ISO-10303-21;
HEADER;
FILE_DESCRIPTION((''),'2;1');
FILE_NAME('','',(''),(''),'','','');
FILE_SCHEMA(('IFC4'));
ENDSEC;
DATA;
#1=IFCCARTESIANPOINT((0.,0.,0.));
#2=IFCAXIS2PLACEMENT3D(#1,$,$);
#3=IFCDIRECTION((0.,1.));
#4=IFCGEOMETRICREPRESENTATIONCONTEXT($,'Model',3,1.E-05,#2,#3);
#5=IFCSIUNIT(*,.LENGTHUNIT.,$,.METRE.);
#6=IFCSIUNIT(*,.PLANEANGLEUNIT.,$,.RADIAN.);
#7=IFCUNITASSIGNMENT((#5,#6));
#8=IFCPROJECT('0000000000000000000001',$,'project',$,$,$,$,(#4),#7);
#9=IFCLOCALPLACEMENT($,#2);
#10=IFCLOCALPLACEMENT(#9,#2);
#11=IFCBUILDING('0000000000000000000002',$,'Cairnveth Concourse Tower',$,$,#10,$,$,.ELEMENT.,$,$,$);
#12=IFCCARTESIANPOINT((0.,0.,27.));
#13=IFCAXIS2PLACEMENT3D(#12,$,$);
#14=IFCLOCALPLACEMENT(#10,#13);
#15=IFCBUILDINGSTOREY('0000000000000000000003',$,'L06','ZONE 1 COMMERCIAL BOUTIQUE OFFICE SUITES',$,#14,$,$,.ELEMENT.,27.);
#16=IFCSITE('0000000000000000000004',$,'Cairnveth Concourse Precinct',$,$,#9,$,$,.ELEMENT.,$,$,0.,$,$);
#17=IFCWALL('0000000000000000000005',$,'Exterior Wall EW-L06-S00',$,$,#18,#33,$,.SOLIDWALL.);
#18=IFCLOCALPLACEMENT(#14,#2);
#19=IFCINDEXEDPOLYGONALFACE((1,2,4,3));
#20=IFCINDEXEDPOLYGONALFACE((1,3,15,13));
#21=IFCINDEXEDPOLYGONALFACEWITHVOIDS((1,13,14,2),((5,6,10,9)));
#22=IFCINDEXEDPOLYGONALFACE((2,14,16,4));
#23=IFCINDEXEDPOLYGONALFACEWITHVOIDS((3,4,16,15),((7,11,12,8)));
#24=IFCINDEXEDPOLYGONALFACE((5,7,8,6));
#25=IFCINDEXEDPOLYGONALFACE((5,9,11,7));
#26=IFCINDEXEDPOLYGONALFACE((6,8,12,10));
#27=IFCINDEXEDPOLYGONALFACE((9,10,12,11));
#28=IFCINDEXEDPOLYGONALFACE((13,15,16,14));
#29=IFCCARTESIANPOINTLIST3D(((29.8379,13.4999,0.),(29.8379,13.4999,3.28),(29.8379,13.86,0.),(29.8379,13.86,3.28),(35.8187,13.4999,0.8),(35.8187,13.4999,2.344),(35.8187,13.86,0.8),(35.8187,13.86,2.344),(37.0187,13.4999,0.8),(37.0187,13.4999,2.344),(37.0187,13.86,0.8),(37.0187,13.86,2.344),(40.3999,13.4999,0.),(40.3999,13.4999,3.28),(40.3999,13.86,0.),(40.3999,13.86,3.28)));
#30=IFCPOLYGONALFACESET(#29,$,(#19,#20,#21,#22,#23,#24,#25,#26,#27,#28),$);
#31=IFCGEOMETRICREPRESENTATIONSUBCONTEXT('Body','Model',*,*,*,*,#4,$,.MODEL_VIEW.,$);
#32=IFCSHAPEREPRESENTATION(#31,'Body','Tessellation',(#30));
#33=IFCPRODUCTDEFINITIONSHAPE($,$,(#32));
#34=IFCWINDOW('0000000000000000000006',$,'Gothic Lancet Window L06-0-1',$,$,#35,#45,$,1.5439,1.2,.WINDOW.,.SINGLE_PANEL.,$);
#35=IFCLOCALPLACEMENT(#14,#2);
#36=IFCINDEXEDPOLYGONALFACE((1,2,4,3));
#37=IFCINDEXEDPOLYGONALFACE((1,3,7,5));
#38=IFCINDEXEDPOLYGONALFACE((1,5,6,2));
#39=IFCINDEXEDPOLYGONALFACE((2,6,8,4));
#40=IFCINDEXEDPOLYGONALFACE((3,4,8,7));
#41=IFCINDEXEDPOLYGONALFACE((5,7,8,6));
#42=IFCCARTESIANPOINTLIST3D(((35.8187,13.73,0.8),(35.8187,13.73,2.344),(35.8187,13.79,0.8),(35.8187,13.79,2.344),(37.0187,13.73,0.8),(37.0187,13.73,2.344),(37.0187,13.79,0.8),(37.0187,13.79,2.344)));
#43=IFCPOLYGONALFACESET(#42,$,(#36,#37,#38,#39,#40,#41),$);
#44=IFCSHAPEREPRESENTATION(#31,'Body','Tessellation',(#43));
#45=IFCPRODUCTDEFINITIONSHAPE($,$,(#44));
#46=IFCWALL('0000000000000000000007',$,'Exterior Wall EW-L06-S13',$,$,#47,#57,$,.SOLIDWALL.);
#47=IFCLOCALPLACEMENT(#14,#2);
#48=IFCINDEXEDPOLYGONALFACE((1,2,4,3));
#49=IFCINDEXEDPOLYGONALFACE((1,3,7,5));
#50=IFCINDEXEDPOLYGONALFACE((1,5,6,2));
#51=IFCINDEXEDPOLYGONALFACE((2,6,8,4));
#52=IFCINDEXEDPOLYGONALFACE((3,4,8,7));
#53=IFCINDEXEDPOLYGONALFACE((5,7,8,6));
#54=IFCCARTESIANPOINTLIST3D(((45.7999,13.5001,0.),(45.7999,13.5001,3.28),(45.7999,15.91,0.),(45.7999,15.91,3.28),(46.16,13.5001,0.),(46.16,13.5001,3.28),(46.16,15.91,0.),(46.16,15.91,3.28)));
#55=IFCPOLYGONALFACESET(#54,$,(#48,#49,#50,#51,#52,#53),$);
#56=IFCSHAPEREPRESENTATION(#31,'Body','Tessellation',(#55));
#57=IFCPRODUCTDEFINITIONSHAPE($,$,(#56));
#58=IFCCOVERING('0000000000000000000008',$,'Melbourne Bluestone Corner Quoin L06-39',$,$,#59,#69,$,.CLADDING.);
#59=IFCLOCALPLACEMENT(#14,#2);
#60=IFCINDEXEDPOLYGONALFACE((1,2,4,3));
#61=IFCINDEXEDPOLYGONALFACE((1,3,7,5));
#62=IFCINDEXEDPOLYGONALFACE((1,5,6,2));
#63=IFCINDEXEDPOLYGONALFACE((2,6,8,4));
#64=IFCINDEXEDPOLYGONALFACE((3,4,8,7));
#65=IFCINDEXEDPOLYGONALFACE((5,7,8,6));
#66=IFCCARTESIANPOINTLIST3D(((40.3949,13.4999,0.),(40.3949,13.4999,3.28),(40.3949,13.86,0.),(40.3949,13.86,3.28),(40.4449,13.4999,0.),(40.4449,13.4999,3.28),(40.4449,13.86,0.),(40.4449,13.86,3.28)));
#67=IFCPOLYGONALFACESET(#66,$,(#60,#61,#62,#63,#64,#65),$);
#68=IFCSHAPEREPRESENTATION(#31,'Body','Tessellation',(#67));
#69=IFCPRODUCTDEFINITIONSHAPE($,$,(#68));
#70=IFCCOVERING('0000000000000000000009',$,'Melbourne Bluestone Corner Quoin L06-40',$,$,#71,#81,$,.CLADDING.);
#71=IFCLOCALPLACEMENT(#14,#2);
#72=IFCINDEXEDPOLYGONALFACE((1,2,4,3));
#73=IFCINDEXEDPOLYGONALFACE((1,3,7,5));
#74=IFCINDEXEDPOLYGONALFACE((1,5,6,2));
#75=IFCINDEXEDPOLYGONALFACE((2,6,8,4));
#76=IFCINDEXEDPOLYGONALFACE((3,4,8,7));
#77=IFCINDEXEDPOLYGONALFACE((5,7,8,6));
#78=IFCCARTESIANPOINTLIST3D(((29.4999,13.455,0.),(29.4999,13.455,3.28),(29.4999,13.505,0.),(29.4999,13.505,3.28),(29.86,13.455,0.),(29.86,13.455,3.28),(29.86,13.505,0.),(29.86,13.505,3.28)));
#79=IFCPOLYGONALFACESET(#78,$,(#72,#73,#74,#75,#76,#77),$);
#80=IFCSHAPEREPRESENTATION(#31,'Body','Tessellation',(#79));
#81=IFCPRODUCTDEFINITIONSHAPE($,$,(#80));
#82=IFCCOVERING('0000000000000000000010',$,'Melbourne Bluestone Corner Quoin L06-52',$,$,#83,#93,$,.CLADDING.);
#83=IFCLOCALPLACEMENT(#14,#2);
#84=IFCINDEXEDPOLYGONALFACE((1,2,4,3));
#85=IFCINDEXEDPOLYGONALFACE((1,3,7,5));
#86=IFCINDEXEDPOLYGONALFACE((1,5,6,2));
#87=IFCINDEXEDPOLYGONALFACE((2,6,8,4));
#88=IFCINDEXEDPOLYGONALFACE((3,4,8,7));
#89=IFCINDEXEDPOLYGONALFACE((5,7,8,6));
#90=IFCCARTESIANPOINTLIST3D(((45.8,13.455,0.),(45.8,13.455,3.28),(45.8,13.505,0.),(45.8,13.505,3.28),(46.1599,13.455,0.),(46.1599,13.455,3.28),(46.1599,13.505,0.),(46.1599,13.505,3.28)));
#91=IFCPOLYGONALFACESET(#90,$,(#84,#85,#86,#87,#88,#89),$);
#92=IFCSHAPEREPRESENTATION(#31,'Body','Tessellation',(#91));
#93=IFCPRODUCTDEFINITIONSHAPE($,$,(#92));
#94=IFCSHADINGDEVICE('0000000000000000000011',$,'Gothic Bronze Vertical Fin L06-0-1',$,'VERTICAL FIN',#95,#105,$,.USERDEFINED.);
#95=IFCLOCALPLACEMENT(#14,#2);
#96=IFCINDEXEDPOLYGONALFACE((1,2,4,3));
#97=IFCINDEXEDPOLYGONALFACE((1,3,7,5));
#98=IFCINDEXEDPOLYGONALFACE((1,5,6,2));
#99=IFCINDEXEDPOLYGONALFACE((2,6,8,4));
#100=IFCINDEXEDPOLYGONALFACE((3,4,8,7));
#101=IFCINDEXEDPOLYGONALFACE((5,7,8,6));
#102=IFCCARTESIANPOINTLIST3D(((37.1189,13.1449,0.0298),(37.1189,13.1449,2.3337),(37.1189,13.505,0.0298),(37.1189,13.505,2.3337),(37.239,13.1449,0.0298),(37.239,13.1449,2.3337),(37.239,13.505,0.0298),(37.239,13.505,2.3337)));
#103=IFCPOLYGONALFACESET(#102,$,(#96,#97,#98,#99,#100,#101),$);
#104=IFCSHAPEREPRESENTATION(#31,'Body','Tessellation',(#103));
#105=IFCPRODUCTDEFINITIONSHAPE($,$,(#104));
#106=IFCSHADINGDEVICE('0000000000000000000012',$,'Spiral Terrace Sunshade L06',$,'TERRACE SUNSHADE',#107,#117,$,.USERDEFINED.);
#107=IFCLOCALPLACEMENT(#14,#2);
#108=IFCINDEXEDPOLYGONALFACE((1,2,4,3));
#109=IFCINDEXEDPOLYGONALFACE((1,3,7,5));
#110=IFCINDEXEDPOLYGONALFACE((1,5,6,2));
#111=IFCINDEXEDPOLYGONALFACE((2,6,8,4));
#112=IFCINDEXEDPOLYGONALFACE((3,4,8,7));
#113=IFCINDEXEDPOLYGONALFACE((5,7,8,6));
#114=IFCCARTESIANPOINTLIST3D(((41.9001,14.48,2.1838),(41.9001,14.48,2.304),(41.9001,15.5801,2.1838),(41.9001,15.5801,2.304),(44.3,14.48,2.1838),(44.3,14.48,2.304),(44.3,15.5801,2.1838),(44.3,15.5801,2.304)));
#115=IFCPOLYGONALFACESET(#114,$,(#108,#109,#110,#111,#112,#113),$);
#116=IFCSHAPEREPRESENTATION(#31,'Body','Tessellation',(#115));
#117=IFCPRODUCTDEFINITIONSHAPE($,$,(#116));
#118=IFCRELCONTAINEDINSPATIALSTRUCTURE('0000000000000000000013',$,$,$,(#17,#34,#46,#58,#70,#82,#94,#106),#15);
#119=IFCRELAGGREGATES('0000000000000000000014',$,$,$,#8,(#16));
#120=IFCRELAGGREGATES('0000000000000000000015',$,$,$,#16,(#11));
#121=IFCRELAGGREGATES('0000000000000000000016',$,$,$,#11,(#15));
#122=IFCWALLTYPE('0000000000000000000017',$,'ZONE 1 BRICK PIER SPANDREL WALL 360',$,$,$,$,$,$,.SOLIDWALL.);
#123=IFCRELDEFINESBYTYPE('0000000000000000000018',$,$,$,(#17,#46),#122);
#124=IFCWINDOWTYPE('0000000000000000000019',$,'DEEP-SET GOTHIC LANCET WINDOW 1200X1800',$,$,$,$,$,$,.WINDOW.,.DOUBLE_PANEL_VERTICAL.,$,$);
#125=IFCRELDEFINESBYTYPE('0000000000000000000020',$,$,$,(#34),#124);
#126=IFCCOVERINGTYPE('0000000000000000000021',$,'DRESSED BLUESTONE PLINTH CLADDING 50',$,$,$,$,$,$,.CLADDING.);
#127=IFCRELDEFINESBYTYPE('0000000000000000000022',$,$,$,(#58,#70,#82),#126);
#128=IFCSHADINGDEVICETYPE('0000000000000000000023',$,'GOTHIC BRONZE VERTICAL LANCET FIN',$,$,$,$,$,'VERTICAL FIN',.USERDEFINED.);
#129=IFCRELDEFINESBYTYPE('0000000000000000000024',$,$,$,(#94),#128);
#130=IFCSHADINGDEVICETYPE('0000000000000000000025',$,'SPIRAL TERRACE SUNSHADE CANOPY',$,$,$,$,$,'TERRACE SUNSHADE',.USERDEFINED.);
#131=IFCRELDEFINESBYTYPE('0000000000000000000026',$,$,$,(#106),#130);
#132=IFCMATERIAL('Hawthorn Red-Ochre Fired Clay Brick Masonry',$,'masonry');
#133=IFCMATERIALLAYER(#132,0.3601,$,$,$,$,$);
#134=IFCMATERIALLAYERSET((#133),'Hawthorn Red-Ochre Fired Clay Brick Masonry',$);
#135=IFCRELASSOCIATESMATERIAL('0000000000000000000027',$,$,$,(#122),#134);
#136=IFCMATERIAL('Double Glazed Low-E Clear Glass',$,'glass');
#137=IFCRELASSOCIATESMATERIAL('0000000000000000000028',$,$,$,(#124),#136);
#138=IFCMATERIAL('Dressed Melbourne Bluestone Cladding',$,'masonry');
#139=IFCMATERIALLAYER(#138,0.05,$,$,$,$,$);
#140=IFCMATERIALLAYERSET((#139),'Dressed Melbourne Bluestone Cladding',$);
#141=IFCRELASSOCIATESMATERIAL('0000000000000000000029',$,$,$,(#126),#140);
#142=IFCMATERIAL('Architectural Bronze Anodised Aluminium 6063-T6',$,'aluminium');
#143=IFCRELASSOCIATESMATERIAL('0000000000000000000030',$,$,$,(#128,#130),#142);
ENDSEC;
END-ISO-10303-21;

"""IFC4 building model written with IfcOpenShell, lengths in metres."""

from ifc_helpers import new_model, si_unit, direction, frame, frame_2d, origin, origin_2d, place, context, subcontext, project, spatial, rectangle, extrude, material, layer, layer_set, type_object, element, fill, save


model = new_model("IFC4")

# Units and contexts
model_context = context("Model", 3, precision=1e-05, world=origin(), true_north=direction((0.0, 1.0)))
body_context = subcontext(model_context, "Body", "Model", "MODEL_VIEW")
ifc_project = project(units=[si_unit("LENGTHUNIT", "METRE"), si_unit("PLANEANGLEUNIT", "RADIAN")], contexts=[model_context])

# Site, building, storey
site_placement = place(None, origin())
site = spatial("IfcSite", under=ifc_project, at=site_placement, Name="Cairnveth Concourse Precinct", CompositionType="ELEMENT", RefElevation=0.0)
building_placement = place(site_placement, origin())
building = spatial("IfcBuilding", under=site, at=building_placement, Name="Cairnveth Concourse Tower", CompositionType="ELEMENT")
storey_placement = place(building_placement, frame((0.0, 0.0, 27.0)))
storey = spatial("IfcBuildingStorey", under=building, at=storey_placement, Name="L06", Description="ZONE 1 COMMERCIAL BOUTIQUE OFFICE SUITES", CompositionType="ELEMENT", Elevation=27.0)

# Shared definitions
ifc_material_1 = material(Name="Dressed Melbourne Bluestone Cladding", Category="masonry")

# Wall, opening, window
ifc_material_2 = material(Name="Hawthorn Red-Ochre Fired Clay Brick Masonry", Category="masonry")
ifc_layer_1 = layer(ifc_material_2, 0.3601)
ifc_layer_set_1 = layer_set([ifc_layer_1], Name="Hawthorn Red-Ochre Fired Clay Brick Masonry")
wall_type_1 = type_object("IfcWallType", Name="ZONE 1 BRICK PIER SPANDREL WALL 360", PredefinedType="SOLIDWALL", material=ifc_layer_set_1)
wall_1_placement = place(storey_placement, frame((40.3999, 13.6799, 0.0), z_axis=(0.0, 0.0, 1.0), x_axis=(-1.0, 0.0, 0.0)))
wall_1 = element("IfcWall", 1, at=wall_1_placement, inside=storey, type_object=wall_type_1, Name="Exterior Wall EW-L06-S00", PredefinedType="SOLIDWALL", context=body_context, shape_type="SweptSolid", body=[
    extrude(rectangle(XDim=10.562, YDim=0.3601, at=frame_2d((5.281, 0.0))), origin(), (0.0, 0.0, 1.0), 3.28),
])
opening_placement = place(wall_1_placement, frame((3.3811, 0.0, 0.8)))
opening = element("IfcOpeningElement", 2, at=opening_placement, cuts=wall_1, PredefinedType="OPENING", context=body_context, shape_type="SweptSolid", body=[
    extrude(rectangle(XDim=1.2, YDim=1.5439, at=frame_2d((0.6001, 0.772))), frame((0.0, 0.1899, 0.0), z_axis=(0.0, -1.0, 0.0), x_axis=(1.0, 0.0, 0.0)), (0.0, 0.0, 1.0), 0.3801),
])
ifc_material_3 = material(Name="Double Glazed Low-E Clear Glass", Category="glass")
window_type = type_object("IfcWindowType", Name="DEEP-SET GOTHIC LANCET WINDOW 1200X1800", PartitioningType="DOUBLE_PANEL_VERTICAL", PredefinedType="WINDOW", material=ifc_material_3)
window_placement = place(opening_placement, origin())
window = element("IfcWindow", 3, at=window_placement, inside=storey, type_object=window_type, Name="Gothic Lancet Window L06-0-1", OverallHeight=1.5439, OverallWidth=1.2, PartitioningType="SINGLE_PANEL", PredefinedType="WINDOW", context=body_context, shape_type="SweptSolid", body=[
    extrude(rectangle(XDim=1.2, YDim=1.5439, at=frame_2d((0.6001, 0.772))), frame((0.0, -0.05, 0.0), z_axis=(0.0, -1.0, 0.0), x_axis=(1.0, 0.0, 0.0)), (0.0, 0.0, 1.0), 0.0601),
])
fill(opening, window)

# Wall
wall_2_placement = place(storey_placement, frame((45.98, 13.5, 0.0), z_axis=(0.0, 0.0, 1.0), x_axis=(0.0, 1.0, 0.0)))
element("IfcWall", 4, at=wall_2_placement, inside=storey, type_object=wall_type_1, Name="Exterior Wall EW-L06-S13", PredefinedType="SOLIDWALL", context=body_context, shape_type="SweptSolid", body=[
    extrude(rectangle(XDim=2.4099, YDim=0.3601, at=frame_2d((1.2051, 0.0))), origin(), (0.0, 0.0, 1.0), 3.28),
])

# Coverings
ifc_layer_2 = layer(ifc_material_1, 0.05)
ifc_layer_set_2 = layer_set([ifc_layer_2], Name="Dressed Melbourne Bluestone Cladding")
covering_type = type_object("IfcCoveringType", Name="DRESSED BLUESTONE PLINTH CLADDING 50", PredefinedType="CLADDING", material=ifc_layer_set_2)
for number, where, z_axis, x_axis, name in (
    (5, (40.4199, 13.8601, 0.0), (0.0, 0.0, 1.0), (0.0, -1.0, 0.0), "Melbourne Bluestone Corner Quoin L06-39"),
    (6, (29.8601, 13.48, 0.0), (0.0, 0.0, 1.0), (-1.0, 0.0, 0.0), "Melbourne Bluestone Corner Quoin L06-40"),
):
    element("IfcCovering", number, at=place(storey_placement, frame(where, z_axis=z_axis, x_axis=x_axis)), inside=storey, type_object=covering_type, Name=name, PredefinedType="CLADDING", context=body_context, shape_type="SweptSolid", body=[
        extrude(rectangle(XDim=0.3601, YDim=0.05, at=frame_2d((0.1802, 0.0))), origin(), (0.0, 0.0, 1.0), 3.28),
    ])
covering_placement = place(storey_placement, frame((46.1599, 13.48, 0.0), z_axis=(0.0, 0.0, 1.0), x_axis=(-1.0, 0.0, 0.0)))
element("IfcCovering", 7, at=covering_placement, inside=storey, type_object=covering_type, Name="Melbourne Bluestone Corner Quoin L06-52", PredefinedType="CLADDING", context=body_context, shape_type="SweptSolid", body=[
    extrude(rectangle(XDim=0.3599, YDim=0.05, at=frame_2d((0.1799, 0.0))), origin(), (0.0, 0.0, 1.0), 3.28),
])

# Shading devices
ifc_material_4 = material(Name="Architectural Bronze Anodised Aluminium 6063-T6", Category="aluminium")
shading_device_type_1 = type_object("IfcShadingDeviceType", Name="GOTHIC BRONZE VERTICAL LANCET FIN", ElementType="VERTICAL FIN", PredefinedType="USERDEFINED", material=ifc_material_4)
shading_device_1_placement = place(storey_placement, frame((37.179, 13.325, 0.0298), z_axis=(0.0, 0.0, 1.0), x_axis=(1.0, 0.0, 0.0)))
element("IfcShadingDevice", 8, at=shading_device_1_placement, inside=storey, type_object=shading_device_type_1, Name="Gothic Bronze Vertical Fin L06-0-1", ObjectType="VERTICAL FIN", PredefinedType="USERDEFINED", context=body_context, shape_type="SweptSolid", body=[
    extrude(rectangle(XDim=0.1201, YDim=0.3601, at=origin_2d()), origin(), (0.0, 0.0, 1.0), 2.304),
])
shading_device_type_2 = type_object("IfcShadingDeviceType", Name="SPIRAL TERRACE SUNSHADE CANOPY", ElementType="TERRACE SUNSHADE", PredefinedType="USERDEFINED", material=ifc_material_4)
shading_device_2_placement = place(storey_placement, frame((43.1001, 15.03, 2.1838), z_axis=(0.0, 0.0, 1.0), x_axis=(1.0, 0.0, 0.0)))
element("IfcShadingDevice", 9, at=shading_device_2_placement, inside=storey, type_object=shading_device_type_2, Name="Spiral Terrace Sunshade L06", ObjectType="TERRACE SUNSHADE", PredefinedType="USERDEFINED", context=body_context, shape_type="SweptSolid", body=[
    extrude(rectangle(XDim=2.3999, YDim=1.1001, at=origin_2d()), origin(), (0.0, 0.0, 1.0), 0.1201),
])

save(model, "model.ifc")
